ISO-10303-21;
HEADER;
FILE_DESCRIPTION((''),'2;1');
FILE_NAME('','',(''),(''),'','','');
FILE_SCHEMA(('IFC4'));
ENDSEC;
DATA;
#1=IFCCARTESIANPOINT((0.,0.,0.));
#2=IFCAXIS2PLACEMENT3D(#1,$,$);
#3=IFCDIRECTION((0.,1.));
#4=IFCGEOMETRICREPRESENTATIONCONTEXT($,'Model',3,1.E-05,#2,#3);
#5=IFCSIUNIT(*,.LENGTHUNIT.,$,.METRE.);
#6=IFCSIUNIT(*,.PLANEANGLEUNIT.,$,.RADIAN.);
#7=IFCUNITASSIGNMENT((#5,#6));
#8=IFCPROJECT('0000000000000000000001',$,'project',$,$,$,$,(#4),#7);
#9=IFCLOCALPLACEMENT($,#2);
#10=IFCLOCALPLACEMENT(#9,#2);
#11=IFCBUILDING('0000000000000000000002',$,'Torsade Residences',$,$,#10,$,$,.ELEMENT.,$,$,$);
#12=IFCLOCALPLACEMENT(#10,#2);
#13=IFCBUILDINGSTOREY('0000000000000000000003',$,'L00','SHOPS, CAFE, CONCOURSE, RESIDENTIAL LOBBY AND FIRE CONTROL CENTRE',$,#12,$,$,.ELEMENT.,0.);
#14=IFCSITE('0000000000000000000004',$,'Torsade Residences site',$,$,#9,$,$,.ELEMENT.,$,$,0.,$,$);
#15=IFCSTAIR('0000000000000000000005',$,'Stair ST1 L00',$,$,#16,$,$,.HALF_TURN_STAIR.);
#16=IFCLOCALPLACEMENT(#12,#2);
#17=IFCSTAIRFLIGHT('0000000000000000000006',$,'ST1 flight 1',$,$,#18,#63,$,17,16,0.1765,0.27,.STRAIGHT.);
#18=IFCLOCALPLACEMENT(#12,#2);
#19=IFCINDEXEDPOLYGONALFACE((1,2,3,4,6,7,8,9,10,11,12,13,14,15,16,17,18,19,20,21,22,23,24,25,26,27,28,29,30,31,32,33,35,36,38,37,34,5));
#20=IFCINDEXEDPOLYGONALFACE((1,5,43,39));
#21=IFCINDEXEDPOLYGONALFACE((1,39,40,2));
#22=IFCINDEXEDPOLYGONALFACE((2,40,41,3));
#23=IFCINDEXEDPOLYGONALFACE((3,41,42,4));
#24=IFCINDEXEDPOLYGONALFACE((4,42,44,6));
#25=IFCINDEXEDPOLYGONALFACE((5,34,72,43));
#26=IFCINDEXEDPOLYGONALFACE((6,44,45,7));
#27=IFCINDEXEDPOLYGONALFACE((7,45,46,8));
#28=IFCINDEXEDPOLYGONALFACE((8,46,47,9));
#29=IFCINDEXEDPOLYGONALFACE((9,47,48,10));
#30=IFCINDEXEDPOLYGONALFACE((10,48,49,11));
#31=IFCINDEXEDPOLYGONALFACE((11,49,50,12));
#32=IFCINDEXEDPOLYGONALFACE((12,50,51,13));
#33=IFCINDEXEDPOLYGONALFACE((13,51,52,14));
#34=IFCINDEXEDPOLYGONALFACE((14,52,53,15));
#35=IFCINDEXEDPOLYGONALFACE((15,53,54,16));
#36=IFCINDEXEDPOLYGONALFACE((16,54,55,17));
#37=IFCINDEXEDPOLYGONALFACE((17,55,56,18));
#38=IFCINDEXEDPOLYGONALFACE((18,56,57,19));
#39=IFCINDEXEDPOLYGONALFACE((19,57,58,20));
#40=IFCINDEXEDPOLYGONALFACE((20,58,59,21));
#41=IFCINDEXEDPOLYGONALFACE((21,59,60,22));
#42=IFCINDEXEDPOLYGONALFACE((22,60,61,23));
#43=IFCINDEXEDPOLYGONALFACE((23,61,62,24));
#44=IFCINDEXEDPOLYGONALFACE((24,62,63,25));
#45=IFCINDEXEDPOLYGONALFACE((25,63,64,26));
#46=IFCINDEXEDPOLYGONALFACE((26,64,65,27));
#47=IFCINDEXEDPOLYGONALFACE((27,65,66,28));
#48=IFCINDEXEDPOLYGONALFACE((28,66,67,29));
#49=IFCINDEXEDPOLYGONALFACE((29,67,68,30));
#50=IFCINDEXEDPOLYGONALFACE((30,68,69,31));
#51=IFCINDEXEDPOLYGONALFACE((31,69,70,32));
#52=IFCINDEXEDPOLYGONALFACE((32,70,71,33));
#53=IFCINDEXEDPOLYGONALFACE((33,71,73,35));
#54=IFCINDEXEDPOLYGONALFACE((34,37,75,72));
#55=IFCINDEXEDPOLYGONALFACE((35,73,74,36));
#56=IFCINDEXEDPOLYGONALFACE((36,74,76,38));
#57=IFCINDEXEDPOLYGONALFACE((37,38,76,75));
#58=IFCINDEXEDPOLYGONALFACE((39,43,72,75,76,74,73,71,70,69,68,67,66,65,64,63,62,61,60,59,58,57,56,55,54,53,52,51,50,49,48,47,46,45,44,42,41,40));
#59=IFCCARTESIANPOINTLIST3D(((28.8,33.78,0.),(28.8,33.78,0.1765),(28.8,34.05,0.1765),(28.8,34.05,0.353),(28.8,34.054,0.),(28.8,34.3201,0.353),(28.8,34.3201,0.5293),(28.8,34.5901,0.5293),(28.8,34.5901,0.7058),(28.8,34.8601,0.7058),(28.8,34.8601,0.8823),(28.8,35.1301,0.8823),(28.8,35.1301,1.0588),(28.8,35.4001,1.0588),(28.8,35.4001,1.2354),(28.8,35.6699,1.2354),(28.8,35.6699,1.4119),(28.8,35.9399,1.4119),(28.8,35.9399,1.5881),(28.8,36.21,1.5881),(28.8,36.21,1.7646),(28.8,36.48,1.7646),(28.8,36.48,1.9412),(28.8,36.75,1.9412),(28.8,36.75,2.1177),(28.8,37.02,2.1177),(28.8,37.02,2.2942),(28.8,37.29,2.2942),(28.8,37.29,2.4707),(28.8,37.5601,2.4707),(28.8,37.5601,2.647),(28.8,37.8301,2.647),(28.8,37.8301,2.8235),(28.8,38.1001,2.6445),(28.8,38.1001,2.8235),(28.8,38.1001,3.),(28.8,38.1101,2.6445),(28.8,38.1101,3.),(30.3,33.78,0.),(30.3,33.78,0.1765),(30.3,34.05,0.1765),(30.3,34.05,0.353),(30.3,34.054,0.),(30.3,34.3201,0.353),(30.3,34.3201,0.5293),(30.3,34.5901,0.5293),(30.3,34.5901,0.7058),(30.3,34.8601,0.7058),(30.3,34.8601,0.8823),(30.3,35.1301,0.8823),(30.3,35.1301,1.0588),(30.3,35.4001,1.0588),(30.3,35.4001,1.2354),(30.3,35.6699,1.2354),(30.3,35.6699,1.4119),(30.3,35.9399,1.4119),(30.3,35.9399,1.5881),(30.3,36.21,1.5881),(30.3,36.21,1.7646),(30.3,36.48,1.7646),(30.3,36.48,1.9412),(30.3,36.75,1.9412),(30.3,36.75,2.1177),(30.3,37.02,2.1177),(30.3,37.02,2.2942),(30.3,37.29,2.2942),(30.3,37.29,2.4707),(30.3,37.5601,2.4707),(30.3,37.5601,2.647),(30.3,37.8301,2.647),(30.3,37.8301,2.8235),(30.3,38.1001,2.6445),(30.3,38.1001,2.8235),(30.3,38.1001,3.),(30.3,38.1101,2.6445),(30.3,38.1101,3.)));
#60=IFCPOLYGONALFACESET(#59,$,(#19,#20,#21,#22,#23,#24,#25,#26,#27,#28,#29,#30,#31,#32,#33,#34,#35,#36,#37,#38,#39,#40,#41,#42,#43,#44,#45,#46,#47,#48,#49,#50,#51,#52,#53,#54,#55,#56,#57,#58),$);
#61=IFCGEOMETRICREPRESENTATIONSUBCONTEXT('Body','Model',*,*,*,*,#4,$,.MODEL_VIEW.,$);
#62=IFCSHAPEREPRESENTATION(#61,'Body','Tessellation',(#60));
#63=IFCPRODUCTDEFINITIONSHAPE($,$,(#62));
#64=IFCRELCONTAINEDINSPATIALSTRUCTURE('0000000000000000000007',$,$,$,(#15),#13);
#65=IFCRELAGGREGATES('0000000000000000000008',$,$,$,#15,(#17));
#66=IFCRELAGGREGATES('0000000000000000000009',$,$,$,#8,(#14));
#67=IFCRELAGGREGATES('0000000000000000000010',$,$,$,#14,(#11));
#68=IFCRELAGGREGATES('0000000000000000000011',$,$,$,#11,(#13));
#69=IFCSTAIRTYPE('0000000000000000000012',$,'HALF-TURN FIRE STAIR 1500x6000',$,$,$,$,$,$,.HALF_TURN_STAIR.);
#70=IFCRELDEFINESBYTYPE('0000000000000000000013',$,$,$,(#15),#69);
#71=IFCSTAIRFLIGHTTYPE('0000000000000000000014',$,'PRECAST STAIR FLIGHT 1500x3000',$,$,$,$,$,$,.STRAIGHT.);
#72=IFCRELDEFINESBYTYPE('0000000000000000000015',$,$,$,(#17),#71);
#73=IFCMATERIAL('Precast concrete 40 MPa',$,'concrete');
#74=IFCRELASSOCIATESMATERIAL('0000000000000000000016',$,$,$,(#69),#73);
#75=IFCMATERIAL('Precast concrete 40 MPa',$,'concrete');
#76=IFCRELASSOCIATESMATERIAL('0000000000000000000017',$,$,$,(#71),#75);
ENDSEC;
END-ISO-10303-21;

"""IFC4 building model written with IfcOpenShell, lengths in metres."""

from ifc_helpers import new_model, si_unit, direction, frame, origin, place, context, subcontext, project, spatial, polyline, outline, extrude, material, type_object, element, aggregate, save


model = new_model("IFC4")

# Units and contexts
model_context = context("Model", 3, precision=1e-05, world=origin(), true_north=direction((0.0, 1.0)))
body_context = subcontext(model_context, "Body", "Model", "MODEL_VIEW")
ifc_project = project(units=[si_unit("LENGTHUNIT", "METRE"), si_unit("PLANEANGLEUNIT", "RADIAN")], contexts=[model_context])

# Site, building, storey
site_placement = place(None, origin())
site = spatial("IfcSite", under=ifc_project, at=site_placement, Name="Torsade Residences site", CompositionType="ELEMENT", RefElevation=0.0)
building_placement = place(site_placement, origin())
building = spatial("IfcBuilding", under=site, at=building_placement, Name="Torsade Residences", CompositionType="ELEMENT")
storey_placement = place(building_placement, origin())
storey = spatial("IfcBuildingStorey", under=building, at=storey_placement, Name="L00", Description="SHOPS, CAFE, CONCOURSE, RESIDENTIAL LOBBY AND FIRE CONTROL CENTRE", CompositionType="ELEMENT", Elevation=0.0)

# Stair, stair flight
ifc_material_1 = material(Name="Precast concrete 40 MPa", Category="concrete")
stair_type = type_object("IfcStairType", Name="HALF-TURN FIRE STAIR 1500x6000", PredefinedType="HALF_TURN_STAIR", material=ifc_material_1)
stair_placement = place(storey_placement, origin())
stair = element("IfcStair", 1, at=stair_placement, inside=storey, type_object=stair_type, Name="Stair ST1 L00", PredefinedType="HALF_TURN_STAIR")
ifc_material_2 = material(Name="Precast concrete 40 MPa", Category="concrete")
stair_flight_type = type_object("IfcStairFlightType", Name="PRECAST STAIR FLIGHT 1500x3000", PredefinedType="STRAIGHT", material=ifc_material_2)
stair_flight_placement = place(storey_placement, frame((29.55, 33.78, 0.0), z_axis=(0.0, 0.0, 1.0), x_axis=(0.0, 1.0, 0.0)))
stair_flight = element("IfcStairFlight", 2, at=stair_flight_placement, type_object=stair_flight_type, Name="ST1 flight 1", NumberOfRisers=17, NumberOfTreads=16, PredefinedType="STRAIGHT", RiserHeight=0.1765, TreadLength=0.27, context=body_context, shape_type="SweptSolid", body=[
    extrude(outline(polyline([(0.0, 0.0), (0.0, 0.1765), (0.27, 0.1765), (0.27, 0.353), (0.54, 0.353), (0.54, 0.5293), (0.8101, 0.5293), (0.8101, 0.7058), (1.0801, 0.7058), (1.0801, 0.8823), (1.3501, 0.8823), (1.3501, 1.0588), (1.6201, 1.0588), (1.6201, 1.2354), (1.8899, 1.2354), (1.8899, 1.4119), (2.1599, 1.4119), (2.1599, 1.5881), (2.4299, 1.5881), (2.4299, 1.7646), (2.7, 1.7646), (2.7, 1.9412), (2.97, 1.9412), (2.97, 2.1177), (3.24, 2.1177), (3.24, 2.2942), (3.51, 2.2942), (3.51, 2.4707), (3.78, 2.4707), (3.78, 2.647), (4.05, 2.647), (4.05, 2.8235), (4.3201, 2.8235), (4.3201, 3.0), (4.3301, 3.0), (4.3301, 2.6445), (4.3201, 2.6445), (0.2739, 0.0), (0.0, 0.0)])), frame((0.0, 0.75, 0.0), z_axis=(0.0, -1.0, 0.0), x_axis=(1.0, 0.0, 0.0)), (0.0, 0.0, 1.0), 1.5),
])
aggregate(stair, [stair_flight])

save(model, "model.ifc")
